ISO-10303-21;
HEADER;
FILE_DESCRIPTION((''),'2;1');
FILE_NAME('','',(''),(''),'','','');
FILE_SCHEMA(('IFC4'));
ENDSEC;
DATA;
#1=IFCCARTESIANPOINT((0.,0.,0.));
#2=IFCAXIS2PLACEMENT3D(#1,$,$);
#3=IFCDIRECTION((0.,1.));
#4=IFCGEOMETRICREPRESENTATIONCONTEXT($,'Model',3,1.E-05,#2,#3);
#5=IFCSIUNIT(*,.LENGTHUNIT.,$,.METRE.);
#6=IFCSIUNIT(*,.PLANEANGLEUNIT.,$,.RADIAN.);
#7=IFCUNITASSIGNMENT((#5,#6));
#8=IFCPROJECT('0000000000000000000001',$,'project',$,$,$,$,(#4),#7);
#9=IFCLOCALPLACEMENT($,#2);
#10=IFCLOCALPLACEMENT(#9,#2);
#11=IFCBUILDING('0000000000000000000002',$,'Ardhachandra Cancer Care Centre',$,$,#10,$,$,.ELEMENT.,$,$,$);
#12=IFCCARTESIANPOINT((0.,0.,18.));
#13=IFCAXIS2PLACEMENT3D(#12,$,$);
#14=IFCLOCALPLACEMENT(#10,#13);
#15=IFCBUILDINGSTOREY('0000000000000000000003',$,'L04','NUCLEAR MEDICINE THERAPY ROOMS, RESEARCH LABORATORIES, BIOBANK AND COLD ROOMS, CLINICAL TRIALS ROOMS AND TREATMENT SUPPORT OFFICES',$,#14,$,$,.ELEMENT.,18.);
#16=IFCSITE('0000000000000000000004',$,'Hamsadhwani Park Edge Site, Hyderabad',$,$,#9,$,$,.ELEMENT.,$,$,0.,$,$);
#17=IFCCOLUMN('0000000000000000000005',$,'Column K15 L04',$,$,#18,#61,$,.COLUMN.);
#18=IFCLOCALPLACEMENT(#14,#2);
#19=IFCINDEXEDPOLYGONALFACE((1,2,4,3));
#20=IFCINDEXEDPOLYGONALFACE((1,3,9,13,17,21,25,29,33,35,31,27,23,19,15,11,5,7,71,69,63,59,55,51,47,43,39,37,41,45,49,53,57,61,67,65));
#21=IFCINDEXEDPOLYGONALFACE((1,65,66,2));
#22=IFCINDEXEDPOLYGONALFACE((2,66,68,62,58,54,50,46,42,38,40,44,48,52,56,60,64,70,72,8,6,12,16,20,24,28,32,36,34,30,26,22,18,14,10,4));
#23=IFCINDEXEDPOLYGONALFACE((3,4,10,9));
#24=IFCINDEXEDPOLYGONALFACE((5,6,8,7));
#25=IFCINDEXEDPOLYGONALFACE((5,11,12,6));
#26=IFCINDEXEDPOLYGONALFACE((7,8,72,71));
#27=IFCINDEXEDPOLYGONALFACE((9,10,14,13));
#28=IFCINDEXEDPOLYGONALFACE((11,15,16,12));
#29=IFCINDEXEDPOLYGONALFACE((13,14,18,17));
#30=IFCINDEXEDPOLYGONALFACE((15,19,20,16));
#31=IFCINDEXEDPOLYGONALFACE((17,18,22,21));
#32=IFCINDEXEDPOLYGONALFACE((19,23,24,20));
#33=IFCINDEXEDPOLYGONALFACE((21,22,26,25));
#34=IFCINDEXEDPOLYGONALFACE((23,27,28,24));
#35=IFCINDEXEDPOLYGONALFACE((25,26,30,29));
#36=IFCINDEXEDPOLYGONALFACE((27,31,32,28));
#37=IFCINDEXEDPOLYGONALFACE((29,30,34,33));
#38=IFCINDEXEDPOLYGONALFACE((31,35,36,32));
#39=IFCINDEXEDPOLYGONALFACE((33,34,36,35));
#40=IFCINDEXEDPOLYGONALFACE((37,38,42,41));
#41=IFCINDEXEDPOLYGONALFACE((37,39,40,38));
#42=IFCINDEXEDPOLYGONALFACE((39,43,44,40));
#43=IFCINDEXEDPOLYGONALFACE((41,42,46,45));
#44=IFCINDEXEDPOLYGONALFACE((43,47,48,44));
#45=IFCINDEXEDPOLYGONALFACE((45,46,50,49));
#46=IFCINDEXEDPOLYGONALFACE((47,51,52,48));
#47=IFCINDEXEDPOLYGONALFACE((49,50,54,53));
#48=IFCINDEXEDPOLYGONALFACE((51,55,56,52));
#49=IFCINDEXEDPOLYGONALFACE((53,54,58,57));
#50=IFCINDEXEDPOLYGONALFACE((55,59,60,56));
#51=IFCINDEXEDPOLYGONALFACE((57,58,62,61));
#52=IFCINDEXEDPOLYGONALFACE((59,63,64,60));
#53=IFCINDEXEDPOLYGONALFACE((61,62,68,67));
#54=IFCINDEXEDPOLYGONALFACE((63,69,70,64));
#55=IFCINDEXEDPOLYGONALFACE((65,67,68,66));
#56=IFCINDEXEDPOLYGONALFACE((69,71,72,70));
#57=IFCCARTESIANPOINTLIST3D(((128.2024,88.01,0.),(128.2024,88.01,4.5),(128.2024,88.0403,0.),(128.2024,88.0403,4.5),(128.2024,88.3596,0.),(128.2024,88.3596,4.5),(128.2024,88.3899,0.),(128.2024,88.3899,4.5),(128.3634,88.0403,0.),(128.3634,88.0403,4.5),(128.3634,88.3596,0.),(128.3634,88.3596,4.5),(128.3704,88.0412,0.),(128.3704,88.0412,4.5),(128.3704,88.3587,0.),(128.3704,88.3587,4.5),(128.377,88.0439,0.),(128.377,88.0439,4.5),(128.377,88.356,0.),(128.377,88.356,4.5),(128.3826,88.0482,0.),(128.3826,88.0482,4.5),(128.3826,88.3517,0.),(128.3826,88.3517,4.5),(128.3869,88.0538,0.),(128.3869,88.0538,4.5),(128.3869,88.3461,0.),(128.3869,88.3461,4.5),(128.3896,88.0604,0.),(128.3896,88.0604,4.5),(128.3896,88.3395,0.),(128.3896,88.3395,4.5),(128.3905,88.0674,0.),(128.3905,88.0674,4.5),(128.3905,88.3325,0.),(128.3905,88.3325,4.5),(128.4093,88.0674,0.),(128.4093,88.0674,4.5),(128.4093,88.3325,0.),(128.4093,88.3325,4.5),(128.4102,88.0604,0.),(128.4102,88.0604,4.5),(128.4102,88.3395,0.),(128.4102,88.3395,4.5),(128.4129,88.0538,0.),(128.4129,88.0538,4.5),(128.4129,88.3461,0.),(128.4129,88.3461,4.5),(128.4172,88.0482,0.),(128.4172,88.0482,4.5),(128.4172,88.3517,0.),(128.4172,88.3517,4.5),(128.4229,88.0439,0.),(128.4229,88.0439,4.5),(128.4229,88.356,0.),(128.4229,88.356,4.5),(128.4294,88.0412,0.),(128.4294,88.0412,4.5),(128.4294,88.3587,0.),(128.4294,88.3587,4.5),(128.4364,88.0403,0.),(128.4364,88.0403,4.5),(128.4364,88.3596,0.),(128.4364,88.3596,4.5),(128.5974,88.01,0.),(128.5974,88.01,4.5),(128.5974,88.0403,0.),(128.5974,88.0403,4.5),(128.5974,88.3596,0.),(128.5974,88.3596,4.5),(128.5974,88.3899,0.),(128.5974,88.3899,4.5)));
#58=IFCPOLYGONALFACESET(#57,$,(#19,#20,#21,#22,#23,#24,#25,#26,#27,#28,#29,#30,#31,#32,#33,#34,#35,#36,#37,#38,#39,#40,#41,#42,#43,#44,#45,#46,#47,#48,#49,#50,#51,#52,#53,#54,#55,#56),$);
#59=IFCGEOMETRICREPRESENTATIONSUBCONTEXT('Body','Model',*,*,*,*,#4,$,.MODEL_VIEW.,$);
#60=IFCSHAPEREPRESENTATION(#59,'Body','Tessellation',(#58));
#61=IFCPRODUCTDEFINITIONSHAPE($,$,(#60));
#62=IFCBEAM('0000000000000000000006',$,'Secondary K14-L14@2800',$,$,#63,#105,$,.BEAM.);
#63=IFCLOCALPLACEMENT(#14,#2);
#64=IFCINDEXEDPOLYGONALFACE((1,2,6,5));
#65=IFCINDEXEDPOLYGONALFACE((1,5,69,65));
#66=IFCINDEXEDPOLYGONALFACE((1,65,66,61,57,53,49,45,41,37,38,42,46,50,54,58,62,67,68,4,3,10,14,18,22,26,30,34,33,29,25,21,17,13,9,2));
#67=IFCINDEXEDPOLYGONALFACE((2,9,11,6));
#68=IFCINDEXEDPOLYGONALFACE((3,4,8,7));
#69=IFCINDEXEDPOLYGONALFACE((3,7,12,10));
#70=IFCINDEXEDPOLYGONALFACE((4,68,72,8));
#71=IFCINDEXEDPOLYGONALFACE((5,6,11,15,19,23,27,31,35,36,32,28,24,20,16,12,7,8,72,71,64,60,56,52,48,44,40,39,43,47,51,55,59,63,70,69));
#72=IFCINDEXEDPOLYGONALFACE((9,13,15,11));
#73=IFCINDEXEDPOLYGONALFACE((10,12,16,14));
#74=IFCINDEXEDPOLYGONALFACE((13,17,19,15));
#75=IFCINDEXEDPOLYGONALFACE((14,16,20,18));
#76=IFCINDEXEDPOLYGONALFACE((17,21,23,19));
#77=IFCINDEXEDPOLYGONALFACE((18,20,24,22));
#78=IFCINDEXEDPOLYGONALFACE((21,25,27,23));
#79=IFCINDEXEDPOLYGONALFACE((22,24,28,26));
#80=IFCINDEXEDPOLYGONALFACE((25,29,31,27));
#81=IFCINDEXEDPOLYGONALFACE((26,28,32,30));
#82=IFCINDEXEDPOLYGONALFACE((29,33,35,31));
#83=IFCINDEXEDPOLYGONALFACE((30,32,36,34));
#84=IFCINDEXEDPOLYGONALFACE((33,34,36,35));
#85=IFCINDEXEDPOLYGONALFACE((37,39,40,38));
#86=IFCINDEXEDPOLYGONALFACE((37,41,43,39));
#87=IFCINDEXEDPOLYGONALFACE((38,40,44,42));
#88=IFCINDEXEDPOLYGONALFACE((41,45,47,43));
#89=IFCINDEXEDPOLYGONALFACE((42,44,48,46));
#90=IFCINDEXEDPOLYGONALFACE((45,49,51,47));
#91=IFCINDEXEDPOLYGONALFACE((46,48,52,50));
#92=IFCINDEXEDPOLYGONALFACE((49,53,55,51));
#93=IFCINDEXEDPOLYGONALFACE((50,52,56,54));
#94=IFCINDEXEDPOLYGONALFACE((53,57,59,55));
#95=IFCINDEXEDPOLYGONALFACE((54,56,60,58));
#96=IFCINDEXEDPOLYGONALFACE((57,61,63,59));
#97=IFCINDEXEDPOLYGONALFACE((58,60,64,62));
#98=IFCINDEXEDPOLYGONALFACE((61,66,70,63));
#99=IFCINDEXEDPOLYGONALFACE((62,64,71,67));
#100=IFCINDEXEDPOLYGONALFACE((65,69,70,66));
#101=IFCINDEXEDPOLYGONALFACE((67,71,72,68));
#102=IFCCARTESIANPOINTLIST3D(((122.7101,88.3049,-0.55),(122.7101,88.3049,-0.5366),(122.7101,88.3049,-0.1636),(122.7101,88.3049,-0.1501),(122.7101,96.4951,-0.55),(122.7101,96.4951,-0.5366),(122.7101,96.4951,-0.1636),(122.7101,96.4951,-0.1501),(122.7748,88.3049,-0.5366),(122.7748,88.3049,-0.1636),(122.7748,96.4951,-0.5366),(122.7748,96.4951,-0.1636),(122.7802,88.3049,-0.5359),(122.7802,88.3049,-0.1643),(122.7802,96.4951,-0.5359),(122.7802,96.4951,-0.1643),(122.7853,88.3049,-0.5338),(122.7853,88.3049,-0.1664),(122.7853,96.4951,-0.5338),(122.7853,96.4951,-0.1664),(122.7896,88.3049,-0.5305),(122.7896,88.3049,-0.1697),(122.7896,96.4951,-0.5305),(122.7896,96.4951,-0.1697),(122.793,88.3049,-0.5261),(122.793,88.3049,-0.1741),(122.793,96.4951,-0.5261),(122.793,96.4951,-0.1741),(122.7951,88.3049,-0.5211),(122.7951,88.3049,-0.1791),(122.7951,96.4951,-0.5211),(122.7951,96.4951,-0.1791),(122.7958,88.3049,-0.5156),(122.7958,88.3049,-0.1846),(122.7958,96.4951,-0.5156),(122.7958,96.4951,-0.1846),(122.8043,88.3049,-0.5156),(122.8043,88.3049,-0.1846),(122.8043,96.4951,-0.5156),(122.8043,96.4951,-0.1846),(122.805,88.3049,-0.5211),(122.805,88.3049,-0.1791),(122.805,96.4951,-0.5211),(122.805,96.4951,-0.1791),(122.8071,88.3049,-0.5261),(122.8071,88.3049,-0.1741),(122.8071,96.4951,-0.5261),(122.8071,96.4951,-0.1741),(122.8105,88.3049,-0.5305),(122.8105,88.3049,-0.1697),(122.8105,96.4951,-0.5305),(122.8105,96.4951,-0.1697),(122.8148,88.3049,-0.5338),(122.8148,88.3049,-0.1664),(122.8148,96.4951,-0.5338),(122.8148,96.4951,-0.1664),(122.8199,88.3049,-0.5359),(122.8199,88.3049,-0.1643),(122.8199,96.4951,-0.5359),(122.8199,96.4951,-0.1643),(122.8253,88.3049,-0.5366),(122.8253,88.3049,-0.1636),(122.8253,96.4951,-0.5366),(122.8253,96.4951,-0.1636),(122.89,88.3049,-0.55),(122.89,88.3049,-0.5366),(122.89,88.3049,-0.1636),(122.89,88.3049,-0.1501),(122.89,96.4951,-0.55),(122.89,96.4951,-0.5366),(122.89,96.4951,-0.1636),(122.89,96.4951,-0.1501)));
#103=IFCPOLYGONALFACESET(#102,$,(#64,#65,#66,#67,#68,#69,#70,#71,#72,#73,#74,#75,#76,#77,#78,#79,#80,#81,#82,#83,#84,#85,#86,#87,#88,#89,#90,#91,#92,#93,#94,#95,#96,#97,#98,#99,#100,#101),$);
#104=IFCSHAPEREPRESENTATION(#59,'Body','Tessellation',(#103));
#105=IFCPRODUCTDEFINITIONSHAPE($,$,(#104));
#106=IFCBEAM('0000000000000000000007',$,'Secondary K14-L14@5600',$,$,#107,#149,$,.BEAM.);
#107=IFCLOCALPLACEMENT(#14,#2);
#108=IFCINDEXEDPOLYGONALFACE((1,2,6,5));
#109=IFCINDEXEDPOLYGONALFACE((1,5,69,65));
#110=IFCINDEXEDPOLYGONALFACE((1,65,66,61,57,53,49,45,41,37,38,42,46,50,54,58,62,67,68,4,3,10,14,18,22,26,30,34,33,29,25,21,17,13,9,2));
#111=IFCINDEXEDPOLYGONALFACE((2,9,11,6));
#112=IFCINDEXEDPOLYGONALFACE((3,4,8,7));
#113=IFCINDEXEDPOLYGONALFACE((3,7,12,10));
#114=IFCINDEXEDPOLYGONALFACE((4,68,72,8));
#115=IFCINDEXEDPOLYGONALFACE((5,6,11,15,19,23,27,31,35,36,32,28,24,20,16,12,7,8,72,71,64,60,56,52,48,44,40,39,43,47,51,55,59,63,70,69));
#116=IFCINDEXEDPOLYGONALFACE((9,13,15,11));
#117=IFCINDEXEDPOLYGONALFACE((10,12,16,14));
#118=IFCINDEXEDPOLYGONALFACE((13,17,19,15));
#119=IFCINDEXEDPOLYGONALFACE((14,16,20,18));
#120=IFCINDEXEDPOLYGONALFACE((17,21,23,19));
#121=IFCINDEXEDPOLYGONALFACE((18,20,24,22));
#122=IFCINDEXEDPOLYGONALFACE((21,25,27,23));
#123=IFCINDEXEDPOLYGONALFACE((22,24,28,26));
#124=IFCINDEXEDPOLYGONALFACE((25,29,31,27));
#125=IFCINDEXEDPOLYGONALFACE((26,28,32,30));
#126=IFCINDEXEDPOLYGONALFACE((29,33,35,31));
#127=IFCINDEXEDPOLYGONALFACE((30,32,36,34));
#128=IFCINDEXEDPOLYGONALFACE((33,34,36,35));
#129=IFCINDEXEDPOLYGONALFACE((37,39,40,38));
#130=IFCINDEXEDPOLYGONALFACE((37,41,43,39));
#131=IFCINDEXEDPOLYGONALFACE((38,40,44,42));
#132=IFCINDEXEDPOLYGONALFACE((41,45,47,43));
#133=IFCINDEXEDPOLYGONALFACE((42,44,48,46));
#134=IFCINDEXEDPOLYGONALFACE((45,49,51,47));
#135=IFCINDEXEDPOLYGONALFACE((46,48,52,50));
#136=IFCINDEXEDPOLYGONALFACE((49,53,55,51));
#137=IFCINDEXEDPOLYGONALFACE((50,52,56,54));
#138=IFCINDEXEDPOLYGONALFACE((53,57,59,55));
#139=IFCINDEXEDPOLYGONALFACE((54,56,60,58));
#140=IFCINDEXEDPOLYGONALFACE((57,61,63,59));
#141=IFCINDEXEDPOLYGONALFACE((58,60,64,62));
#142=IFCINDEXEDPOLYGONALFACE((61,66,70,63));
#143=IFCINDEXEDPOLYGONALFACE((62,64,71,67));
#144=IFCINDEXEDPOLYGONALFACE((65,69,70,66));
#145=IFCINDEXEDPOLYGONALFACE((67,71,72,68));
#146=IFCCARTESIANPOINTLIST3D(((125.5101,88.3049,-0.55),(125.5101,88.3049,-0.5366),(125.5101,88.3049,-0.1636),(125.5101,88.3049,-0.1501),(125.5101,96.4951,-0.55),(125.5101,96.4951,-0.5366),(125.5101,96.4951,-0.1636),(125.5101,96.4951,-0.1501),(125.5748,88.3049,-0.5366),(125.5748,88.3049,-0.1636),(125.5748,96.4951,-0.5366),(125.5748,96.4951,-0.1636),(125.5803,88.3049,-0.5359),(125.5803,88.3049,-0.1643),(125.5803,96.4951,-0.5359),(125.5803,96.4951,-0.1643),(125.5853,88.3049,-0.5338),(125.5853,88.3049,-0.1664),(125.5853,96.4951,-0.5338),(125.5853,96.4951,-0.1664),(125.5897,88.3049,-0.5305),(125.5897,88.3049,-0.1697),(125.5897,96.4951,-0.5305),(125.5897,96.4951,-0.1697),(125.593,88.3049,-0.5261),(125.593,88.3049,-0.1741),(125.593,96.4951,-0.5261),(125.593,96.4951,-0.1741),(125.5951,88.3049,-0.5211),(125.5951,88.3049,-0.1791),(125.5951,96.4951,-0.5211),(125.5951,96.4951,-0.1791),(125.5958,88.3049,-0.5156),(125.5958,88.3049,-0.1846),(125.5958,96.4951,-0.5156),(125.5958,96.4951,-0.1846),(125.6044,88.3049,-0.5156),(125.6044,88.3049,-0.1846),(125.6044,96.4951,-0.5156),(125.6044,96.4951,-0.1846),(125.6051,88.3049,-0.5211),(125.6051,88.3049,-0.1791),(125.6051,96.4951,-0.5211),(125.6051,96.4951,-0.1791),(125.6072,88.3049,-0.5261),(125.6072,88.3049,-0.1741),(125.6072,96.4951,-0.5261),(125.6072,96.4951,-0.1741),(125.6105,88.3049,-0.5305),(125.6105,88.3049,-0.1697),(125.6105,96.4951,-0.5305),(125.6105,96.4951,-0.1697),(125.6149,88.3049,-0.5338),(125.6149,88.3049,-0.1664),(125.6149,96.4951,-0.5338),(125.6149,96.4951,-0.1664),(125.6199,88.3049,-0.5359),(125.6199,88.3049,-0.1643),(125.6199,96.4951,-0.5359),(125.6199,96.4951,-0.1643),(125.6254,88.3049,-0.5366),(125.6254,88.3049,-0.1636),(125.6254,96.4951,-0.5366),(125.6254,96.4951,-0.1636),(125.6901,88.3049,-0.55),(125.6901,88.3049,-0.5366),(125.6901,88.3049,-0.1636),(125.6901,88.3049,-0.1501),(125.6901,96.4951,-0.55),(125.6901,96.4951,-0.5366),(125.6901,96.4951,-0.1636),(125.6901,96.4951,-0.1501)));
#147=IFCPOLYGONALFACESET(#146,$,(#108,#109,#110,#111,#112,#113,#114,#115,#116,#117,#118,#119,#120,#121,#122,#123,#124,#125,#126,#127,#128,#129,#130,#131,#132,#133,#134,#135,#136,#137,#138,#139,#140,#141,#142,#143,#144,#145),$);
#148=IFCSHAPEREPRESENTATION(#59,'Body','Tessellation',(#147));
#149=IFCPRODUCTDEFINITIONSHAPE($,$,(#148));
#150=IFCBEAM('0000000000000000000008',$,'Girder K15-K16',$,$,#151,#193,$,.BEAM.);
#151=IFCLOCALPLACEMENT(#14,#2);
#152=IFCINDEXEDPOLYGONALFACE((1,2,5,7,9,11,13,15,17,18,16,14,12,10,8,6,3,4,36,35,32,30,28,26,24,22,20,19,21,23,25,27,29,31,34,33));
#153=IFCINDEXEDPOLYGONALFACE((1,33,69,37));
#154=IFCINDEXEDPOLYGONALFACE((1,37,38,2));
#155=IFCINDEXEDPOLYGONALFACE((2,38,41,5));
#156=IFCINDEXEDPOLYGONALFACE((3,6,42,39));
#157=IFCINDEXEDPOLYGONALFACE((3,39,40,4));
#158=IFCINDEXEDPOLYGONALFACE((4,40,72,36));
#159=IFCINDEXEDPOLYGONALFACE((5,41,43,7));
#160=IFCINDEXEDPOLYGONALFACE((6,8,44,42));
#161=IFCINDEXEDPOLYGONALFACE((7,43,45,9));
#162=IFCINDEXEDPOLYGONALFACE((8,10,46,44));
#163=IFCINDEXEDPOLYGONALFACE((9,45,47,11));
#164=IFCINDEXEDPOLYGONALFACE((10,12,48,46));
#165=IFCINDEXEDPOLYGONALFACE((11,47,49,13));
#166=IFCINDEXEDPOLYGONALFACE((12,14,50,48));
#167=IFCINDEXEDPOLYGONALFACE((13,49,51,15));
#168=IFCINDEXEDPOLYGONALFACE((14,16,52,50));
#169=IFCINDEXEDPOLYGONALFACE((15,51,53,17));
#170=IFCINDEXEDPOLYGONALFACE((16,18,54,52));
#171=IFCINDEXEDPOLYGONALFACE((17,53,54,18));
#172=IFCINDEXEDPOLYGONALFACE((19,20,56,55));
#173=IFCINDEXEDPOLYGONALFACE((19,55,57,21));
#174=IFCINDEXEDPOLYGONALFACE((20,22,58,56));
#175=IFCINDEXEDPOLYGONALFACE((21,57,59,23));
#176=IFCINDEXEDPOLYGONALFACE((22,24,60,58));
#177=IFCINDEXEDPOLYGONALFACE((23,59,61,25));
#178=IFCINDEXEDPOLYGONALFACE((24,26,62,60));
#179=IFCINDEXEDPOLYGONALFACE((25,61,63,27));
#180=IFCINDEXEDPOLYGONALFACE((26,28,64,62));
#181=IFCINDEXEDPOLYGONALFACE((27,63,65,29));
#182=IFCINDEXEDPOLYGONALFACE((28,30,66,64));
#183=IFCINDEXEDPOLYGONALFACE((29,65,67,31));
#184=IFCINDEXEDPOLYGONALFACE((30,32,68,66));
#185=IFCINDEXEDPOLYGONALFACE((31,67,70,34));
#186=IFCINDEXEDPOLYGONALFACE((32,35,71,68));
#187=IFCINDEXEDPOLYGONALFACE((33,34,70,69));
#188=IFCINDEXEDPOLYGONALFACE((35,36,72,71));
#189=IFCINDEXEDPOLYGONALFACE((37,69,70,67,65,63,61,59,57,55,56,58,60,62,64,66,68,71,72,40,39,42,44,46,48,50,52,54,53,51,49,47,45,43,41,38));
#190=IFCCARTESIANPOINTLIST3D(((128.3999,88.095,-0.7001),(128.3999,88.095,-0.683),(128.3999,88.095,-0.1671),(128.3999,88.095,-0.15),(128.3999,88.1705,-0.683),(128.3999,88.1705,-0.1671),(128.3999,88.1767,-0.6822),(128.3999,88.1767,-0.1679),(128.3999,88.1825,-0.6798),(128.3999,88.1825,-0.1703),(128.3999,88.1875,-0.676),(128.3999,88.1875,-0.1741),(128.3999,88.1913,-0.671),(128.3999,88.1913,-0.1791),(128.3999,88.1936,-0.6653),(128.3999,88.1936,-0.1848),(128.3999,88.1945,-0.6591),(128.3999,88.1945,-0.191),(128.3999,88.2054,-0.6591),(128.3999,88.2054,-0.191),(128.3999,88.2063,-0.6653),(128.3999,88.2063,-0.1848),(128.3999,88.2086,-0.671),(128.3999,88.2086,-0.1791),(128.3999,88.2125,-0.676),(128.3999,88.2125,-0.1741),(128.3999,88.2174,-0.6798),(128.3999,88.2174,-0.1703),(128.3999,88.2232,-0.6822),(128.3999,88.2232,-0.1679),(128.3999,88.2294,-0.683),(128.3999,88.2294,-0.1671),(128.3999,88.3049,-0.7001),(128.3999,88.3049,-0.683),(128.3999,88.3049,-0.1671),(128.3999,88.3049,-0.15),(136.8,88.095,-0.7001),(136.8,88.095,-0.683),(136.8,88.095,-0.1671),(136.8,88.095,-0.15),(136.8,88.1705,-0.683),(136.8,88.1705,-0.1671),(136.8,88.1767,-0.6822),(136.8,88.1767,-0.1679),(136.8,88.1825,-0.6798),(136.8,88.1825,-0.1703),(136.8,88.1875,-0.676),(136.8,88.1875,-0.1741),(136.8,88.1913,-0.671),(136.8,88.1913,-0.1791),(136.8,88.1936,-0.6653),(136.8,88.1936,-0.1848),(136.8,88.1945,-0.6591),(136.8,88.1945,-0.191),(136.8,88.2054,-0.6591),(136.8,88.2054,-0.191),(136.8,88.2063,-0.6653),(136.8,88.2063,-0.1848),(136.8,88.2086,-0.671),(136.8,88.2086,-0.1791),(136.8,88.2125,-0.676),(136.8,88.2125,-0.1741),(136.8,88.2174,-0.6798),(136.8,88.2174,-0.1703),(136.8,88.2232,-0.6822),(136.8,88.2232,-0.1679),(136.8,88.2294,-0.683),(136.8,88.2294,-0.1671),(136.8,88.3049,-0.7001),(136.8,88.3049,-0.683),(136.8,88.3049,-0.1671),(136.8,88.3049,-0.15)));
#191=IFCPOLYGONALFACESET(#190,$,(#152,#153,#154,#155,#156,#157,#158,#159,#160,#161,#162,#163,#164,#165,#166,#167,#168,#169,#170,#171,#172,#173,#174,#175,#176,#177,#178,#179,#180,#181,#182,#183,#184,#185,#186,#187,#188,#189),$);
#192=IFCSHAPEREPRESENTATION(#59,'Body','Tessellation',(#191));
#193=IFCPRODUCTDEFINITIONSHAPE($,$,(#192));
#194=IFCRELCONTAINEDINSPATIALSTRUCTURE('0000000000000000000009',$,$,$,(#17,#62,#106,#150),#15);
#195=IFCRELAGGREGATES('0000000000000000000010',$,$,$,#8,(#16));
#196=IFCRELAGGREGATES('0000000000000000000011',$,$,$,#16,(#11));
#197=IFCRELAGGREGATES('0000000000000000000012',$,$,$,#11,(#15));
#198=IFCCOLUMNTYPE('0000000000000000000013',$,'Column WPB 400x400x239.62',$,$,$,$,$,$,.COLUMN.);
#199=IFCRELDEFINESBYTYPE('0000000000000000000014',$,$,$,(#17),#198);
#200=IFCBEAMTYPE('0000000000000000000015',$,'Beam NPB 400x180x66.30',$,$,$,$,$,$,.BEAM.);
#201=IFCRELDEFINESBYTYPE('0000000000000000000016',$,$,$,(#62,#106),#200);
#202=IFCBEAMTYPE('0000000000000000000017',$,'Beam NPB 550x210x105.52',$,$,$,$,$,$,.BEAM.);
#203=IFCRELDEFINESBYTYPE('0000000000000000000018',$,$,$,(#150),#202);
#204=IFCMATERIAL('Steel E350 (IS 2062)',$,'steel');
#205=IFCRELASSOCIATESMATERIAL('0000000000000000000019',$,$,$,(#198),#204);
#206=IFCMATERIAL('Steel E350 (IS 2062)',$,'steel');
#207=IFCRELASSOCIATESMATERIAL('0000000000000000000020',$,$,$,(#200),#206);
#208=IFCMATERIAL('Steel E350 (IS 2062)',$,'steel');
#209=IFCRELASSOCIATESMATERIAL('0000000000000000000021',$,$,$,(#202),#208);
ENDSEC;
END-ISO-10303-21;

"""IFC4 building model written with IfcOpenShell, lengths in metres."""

from ifc_helpers import new_model, si_unit, direction, frame, origin, origin_2d, place, context, subcontext, project, spatial, i_section, extrude, material, material_profile, profile_set, type_object, element, save


model = new_model("IFC4")

# Units and contexts
model_context = context("Model", 3, precision=1e-05, world=origin(), true_north=direction((0.0, 1.0)))
body_context = subcontext(model_context, "Body", "Model", "MODEL_VIEW")
ifc_project = project(units=[si_unit("LENGTHUNIT", "METRE"), si_unit("PLANEANGLEUNIT", "RADIAN")], contexts=[model_context])

# Site, building, storey
site_placement = place(None, origin())
site = spatial("IfcSite", under=ifc_project, at=site_placement, Name="Hamsadhwani Park Edge Site, Hyderabad", CompositionType="ELEMENT", RefElevation=0.0)
building_placement = place(site_placement, origin())
building = spatial("IfcBuilding", under=site, at=building_placement, Name="Ardhachandra Cancer Care Centre", CompositionType="ELEMENT")
storey_placement = place(building_placement, frame((0.0, 0.0, 18.0)))
storey = spatial("IfcBuildingStorey", under=building, at=storey_placement, Name="L04", Description="NUCLEAR MEDICINE THERAPY ROOMS, RESEARCH LABORATORIES, BIOBANK AND COLD ROOMS, CLINICAL TRIALS ROOMS AND TREATMENT SUPPORT OFFICES", CompositionType="ELEMENT", Elevation=18.0)

# Column
ifc_material_1 = material(Name="Steel E350 (IS 2062)", Category="steel")
ifc_material_profile_1 = material_profile(ifc_material_1, i_section(OverallWidth=0.395, OverallDepth=0.3799, WebThickness=0.0188, FlangeThickness=0.0303, FilletRadius=0.0271, at=origin_2d()), Name="WPB 400x400x239.62")
ifc_profile_set_1 = profile_set([ifc_material_profile_1], Name="Steel E350 (IS 2062)")
column_type = type_object("IfcColumnType", Name="Column WPB 400x400x239.62", PredefinedType="COLUMN", material=ifc_profile_set_1)
column_placement = place(storey_placement, frame((128.3999, 88.2, 0.0), z_axis=(0.0, 0.0, 1.0), x_axis=(1.0, 0.0, 0.0)))
element("IfcColumn", 1, at=column_placement, inside=storey, type_object=column_type, Name="Column K15 L04", PredefinedType="COLUMN", context=body_context, shape_type="SweptSolid", body=[
    extrude(i_section(OverallWidth=0.395, OverallDepth=0.3799, WebThickness=0.0188, FlangeThickness=0.0303, FilletRadius=0.0271, at=origin_2d()), origin(), (0.0, 0.0, 1.0), 4.5),
])

# Beams
ifc_material_2 = material(Name="Steel E350 (IS 2062)", Category="steel")
ifc_material_profile_2 = material_profile(ifc_material_2, i_section(OverallWidth=0.1799, OverallDepth=0.3999, WebThickness=0.0085, FlangeThickness=0.0134, FilletRadius=0.021, at=origin_2d()), Name="NPB 400x180x66.30")
ifc_profile_set_2 = profile_set([ifc_material_profile_2], Name="Steel E350 (IS 2062)")
beam_type_1 = type_object("IfcBeamType", Name="Beam NPB 400x180x66.30", PredefinedType="BEAM", material=ifc_profile_set_2)
for number, where, z_axis, x_axis, name in (
    (2, (122.8, 88.3049, -0.3501), (0.0, 1.0, 0.0), (-1.0, 0.0, 0.0), "Secondary K14-L14@2800"),
    (3, (125.6001, 88.3049, -0.3501), (0.0, 1.0, 0.0), (-1.0, 0.0, 0.0), "Secondary K14-L14@5600"),
):
    element("IfcBeam", number, at=place(storey_placement, frame(where, z_axis=z_axis, x_axis=x_axis)), inside=storey, type_object=beam_type_1, Name=name, PredefinedType="BEAM", context=body_context, shape_type="SweptSolid", body=[
        extrude(i_section(OverallWidth=0.1799, OverallDepth=0.3999, WebThickness=0.0085, FlangeThickness=0.0134, FilletRadius=0.021, at=origin_2d()), origin(), (0.0, 0.0, 1.0), 8.1902),
    ])
ifc_material_3 = material(Name="Steel E350 (IS 2062)", Category="steel")
ifc_material_profile_3 = material_profile(ifc_material_3, i_section(OverallWidth=0.21, OverallDepth=0.55, WebThickness=0.011, FlangeThickness=0.0171, FilletRadius=0.0239, at=origin_2d()), Name="NPB 550x210x105.52")
ifc_profile_set_3 = profile_set([ifc_material_profile_3], Name="Steel E350 (IS 2062)")
beam_type_2 = type_object("IfcBeamType", Name="Beam NPB 550x210x105.52", PredefinedType="BEAM", material=ifc_profile_set_3)
beam_1_placement = place(storey_placement, frame((128.3999, 88.2, -0.425), z_axis=(1.0, 0.0, 0.0), x_axis=(0.0, 1.0, 0.0)))
element("IfcBeam", 4, at=beam_1_placement, inside=storey, type_object=beam_type_2, Name="Girder K15-K16", PredefinedType="BEAM", context=body_context, shape_type="SweptSolid", body=[
    extrude(i_section(OverallWidth=0.21, OverallDepth=0.55, WebThickness=0.011, FlangeThickness=0.0171, FilletRadius=0.0239, at=origin_2d()), origin(), (0.0, 0.0, 1.0), 8.4001),
])

save(model, "model.ifc")
